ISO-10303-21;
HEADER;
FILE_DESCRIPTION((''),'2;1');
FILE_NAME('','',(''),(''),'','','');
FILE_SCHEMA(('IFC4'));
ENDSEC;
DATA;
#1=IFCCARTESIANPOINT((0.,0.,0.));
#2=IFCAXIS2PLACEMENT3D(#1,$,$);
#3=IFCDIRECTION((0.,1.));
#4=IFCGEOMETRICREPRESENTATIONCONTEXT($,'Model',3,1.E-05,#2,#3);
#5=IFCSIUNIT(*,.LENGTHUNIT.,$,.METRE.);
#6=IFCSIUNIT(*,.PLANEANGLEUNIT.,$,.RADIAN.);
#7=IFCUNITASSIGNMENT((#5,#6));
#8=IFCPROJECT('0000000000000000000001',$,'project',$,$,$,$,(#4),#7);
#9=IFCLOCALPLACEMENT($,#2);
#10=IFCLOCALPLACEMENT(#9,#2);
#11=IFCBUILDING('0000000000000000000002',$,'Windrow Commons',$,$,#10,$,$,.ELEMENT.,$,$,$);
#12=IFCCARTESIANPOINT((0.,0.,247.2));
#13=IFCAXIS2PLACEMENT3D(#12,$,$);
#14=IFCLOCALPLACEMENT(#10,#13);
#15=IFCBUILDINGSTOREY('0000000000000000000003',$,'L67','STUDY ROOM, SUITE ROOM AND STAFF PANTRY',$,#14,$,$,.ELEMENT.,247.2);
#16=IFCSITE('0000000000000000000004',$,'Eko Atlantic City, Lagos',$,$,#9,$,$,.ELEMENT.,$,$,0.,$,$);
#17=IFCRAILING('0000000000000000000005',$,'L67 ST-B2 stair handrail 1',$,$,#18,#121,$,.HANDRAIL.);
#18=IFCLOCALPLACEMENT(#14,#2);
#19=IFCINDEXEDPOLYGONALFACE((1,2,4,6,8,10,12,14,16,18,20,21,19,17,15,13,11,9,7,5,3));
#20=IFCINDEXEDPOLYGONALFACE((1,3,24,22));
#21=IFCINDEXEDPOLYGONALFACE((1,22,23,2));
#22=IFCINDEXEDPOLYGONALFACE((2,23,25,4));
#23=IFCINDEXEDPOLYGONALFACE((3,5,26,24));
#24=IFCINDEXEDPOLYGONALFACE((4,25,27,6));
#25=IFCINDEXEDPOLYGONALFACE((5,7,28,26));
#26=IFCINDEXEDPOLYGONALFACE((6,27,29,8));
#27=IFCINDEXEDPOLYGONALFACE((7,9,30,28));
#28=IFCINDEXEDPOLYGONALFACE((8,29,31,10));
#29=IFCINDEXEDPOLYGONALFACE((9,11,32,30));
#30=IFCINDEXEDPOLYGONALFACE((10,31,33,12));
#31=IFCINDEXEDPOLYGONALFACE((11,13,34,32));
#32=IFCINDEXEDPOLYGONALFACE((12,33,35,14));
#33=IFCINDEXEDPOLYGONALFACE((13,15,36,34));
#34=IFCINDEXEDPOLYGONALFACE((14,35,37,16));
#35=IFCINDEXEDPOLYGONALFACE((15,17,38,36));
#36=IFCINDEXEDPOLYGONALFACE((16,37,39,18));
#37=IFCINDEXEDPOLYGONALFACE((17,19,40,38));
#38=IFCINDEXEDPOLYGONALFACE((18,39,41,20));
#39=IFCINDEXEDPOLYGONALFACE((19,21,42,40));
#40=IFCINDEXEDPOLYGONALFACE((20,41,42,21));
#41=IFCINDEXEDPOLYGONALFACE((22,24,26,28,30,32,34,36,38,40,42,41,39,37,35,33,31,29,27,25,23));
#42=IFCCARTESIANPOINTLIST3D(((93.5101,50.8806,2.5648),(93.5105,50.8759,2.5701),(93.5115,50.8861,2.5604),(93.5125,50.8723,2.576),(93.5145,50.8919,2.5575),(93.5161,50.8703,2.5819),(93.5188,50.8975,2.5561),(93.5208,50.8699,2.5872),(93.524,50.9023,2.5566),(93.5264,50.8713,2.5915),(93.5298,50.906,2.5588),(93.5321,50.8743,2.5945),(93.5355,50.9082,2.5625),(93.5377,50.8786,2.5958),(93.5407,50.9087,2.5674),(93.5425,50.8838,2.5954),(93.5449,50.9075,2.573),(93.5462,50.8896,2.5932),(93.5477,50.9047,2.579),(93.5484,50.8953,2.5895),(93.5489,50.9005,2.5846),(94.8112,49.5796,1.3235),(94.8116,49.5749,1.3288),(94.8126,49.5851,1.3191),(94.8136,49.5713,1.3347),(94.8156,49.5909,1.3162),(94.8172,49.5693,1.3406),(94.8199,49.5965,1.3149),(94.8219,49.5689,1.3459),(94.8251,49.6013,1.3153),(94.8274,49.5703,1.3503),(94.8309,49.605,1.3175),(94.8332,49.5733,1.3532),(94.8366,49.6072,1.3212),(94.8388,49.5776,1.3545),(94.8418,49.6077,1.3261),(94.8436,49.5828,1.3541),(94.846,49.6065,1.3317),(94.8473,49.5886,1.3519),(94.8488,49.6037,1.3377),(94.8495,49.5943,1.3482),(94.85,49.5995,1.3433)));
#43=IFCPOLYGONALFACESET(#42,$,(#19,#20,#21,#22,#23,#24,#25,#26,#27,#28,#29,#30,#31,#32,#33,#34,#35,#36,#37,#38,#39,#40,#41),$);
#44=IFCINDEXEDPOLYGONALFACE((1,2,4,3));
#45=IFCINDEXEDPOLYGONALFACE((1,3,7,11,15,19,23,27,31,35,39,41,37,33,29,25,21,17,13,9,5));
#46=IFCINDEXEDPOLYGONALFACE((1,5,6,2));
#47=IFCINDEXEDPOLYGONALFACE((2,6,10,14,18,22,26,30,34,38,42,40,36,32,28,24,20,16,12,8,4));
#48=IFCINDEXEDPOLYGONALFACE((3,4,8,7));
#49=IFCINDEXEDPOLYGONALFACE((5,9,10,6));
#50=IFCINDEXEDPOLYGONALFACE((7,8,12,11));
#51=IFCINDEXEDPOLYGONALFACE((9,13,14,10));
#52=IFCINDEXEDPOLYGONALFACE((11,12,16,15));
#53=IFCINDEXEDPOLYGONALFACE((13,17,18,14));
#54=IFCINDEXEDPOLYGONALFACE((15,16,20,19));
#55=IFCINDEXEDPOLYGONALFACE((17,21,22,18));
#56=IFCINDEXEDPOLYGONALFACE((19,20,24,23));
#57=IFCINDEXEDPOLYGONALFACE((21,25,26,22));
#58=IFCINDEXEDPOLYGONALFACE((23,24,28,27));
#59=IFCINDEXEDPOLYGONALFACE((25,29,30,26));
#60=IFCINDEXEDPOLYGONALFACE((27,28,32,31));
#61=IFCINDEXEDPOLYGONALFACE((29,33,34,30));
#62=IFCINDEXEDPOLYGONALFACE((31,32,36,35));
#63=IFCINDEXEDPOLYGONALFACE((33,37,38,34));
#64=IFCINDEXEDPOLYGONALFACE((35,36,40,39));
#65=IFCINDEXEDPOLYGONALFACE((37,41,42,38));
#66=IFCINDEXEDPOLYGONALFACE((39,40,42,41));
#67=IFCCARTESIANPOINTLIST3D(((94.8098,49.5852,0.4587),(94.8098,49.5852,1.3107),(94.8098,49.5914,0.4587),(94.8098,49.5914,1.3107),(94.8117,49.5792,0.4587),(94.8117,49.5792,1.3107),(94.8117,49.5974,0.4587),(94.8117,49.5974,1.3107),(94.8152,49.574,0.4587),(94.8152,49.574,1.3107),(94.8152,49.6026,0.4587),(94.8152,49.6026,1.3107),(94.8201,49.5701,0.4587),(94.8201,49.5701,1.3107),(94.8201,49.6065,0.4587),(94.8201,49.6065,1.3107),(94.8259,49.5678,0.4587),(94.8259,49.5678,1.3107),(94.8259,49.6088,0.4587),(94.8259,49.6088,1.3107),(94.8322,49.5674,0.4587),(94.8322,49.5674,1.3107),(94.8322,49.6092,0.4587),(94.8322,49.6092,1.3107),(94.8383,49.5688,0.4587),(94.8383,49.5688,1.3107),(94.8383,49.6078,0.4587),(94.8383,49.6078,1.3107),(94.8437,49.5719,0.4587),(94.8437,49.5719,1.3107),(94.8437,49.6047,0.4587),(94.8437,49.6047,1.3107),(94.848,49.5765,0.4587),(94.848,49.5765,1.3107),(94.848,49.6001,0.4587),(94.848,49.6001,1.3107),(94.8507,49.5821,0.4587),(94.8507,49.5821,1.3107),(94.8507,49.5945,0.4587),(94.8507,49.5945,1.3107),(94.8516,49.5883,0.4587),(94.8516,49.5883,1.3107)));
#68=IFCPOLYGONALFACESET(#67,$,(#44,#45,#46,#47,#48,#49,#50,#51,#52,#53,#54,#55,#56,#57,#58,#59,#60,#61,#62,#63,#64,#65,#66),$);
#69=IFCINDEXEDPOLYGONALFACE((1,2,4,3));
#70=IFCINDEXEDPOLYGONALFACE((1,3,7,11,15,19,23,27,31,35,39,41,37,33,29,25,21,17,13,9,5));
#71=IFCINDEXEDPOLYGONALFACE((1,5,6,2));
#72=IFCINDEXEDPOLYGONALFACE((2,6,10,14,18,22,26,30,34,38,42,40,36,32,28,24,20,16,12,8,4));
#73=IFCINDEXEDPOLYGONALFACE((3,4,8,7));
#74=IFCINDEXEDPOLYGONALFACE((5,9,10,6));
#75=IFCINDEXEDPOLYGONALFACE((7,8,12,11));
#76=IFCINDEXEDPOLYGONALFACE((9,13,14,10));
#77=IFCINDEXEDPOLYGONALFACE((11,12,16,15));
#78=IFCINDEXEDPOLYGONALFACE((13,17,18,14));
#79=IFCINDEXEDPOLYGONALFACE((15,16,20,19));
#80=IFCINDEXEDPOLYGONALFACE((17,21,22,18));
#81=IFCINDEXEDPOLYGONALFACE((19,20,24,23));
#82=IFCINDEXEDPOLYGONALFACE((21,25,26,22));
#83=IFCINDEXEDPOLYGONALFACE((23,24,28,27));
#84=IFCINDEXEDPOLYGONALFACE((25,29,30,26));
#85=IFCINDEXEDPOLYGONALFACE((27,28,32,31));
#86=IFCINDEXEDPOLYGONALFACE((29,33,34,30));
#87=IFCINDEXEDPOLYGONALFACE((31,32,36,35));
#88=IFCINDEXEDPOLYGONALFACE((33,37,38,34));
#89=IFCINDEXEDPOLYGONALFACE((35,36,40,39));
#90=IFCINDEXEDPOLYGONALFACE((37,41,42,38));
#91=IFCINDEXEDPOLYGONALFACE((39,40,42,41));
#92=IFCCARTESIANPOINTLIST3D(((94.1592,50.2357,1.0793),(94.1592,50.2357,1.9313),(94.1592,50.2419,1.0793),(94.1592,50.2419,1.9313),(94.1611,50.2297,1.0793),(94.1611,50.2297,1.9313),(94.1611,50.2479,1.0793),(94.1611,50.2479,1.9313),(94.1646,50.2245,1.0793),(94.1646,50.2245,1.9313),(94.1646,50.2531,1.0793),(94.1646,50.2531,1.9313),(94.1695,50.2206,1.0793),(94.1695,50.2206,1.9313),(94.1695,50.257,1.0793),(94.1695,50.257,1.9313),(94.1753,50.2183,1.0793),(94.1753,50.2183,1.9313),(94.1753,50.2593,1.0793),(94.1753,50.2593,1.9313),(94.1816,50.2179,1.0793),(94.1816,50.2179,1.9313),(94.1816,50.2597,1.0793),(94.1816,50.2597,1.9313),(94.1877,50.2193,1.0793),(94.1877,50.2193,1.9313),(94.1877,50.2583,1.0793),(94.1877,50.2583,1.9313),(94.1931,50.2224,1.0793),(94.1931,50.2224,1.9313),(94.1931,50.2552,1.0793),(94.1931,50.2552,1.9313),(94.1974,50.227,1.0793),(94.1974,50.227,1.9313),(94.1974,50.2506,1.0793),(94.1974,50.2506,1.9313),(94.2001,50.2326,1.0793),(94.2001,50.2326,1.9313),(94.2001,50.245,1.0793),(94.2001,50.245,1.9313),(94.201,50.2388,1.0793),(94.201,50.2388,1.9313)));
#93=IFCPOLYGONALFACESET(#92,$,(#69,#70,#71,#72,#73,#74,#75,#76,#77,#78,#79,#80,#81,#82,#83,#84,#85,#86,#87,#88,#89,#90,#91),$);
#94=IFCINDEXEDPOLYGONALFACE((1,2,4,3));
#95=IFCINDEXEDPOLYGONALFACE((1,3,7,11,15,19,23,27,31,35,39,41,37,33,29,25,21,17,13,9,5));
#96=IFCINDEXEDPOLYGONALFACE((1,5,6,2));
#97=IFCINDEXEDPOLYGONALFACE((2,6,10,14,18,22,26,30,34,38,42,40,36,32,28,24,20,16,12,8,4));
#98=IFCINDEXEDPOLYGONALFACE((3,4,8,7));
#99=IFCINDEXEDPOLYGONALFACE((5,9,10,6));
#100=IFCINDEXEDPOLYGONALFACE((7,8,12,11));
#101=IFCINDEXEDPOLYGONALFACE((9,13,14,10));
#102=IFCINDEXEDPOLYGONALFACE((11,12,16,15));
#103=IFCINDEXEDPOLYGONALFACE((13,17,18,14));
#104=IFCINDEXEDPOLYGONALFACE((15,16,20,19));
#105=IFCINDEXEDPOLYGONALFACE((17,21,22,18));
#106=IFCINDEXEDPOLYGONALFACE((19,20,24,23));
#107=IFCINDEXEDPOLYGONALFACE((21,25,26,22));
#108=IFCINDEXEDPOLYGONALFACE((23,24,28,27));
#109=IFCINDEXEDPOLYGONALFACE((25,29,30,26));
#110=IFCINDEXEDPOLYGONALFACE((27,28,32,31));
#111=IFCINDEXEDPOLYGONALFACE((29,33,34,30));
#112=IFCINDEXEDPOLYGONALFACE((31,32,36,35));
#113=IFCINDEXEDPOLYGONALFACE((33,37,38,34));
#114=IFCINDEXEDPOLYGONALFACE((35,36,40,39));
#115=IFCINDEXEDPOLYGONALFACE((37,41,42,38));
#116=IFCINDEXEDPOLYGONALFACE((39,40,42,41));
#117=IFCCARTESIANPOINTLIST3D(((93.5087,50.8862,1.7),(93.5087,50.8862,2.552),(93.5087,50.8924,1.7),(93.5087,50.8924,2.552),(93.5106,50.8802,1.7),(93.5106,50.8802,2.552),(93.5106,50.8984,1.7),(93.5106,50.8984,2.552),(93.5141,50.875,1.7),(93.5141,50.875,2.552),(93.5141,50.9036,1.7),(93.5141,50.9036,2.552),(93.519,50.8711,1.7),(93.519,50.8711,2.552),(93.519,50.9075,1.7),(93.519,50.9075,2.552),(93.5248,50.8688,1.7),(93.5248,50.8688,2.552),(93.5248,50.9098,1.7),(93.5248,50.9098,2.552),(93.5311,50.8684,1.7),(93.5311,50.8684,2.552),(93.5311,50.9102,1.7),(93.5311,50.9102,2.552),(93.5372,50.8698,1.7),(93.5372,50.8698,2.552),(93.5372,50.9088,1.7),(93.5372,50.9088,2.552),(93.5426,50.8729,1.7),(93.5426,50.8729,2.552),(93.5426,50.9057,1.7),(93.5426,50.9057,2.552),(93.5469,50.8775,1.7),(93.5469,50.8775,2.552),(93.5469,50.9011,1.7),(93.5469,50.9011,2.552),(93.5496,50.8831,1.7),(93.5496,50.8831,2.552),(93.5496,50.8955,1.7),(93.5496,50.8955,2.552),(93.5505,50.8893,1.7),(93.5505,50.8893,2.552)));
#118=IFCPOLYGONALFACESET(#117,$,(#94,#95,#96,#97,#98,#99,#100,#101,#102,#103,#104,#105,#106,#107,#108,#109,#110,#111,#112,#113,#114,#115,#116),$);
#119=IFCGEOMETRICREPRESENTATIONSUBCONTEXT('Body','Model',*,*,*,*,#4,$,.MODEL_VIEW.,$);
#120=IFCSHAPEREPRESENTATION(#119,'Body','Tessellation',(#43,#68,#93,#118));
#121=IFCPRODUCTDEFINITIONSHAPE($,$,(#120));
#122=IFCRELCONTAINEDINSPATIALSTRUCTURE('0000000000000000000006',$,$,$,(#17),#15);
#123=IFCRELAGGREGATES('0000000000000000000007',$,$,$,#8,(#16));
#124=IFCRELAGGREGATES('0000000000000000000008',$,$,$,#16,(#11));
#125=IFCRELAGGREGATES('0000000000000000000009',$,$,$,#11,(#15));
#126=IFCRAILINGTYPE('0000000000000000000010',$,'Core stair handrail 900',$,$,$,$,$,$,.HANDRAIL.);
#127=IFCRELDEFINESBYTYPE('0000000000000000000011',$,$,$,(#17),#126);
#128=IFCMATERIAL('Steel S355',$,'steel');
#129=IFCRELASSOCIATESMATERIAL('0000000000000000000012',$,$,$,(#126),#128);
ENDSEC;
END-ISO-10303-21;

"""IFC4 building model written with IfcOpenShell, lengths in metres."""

from ifc_helpers import new_model, si_unit, direction, frame, origin, origin_2d, place, context, subcontext, project, spatial, circle, extrude, material, type_object, element, save


model = new_model("IFC4")

# Units and contexts
model_context = context("Model", 3, precision=1e-05, world=origin(), true_north=direction((0.0, 1.0)))
body_context = subcontext(model_context, "Body", "Model", "MODEL_VIEW")
ifc_project = project(units=[si_unit("LENGTHUNIT", "METRE"), si_unit("PLANEANGLEUNIT", "RADIAN")], contexts=[model_context])

# Site, building, storey
site_placement = place(None, origin())
site = spatial("IfcSite", under=ifc_project, at=site_placement, Name="Eko Atlantic City, Lagos", CompositionType="ELEMENT", RefElevation=0.0)
building_placement = place(site_placement, origin())
building = spatial("IfcBuilding", under=site, at=building_placement, Name="Windrow Commons", CompositionType="ELEMENT")
storey_placement = place(building_placement, frame((0.0, 0.0, 247.2)))
storey = spatial("IfcBuildingStorey", under=building, at=storey_placement, Name="L67", Description="STUDY ROOM, SUITE ROOM AND STAFF PANTRY", CompositionType="ELEMENT", Elevation=247.2)

# Railing
ifc_material_1 = material(Name="Steel S355", Category="steel")
railing_type_1 = type_object("IfcRailingType", Name="Core stair handrail 900", PredefinedType="HANDRAIL", material=ifc_material_1)
railing_1_placement = place(storey_placement, frame((94.8306, 49.5883, 0.4587)))
element("IfcRailing", 1, at=railing_1_placement, inside=storey, type_object=railing_type_1, Name="L67 ST-B2 stair handrail 1", PredefinedType="HANDRAIL", context=body_context, shape_type="SweptSolid", body=[
    extrude(circle(Radius=0.024, at=origin_2d()), frame((0.0, 0.0, 0.876), z_axis=(-0.586207, 0.586162, 0.559264), x_axis=(-0.70708, -0.707134, 0.0)), (0.0, 0.0, 1.0), 2.2195),
    extrude(circle(Radius=0.021, at=origin_2d()), origin(), (0.0, 0.0, 1.0), 0.852),
    extrude(circle(Radius=0.021, at=origin_2d()), frame((-0.6506, 0.6505, 0.6206)), (0.0, 0.0, 1.0), 0.852),
    extrude(circle(Radius=0.021, at=origin_2d()), frame((-1.3011, 1.301, 1.2413)), (0.0, 0.0, 1.0), 0.852),
])

save(model, "model.ifc")
